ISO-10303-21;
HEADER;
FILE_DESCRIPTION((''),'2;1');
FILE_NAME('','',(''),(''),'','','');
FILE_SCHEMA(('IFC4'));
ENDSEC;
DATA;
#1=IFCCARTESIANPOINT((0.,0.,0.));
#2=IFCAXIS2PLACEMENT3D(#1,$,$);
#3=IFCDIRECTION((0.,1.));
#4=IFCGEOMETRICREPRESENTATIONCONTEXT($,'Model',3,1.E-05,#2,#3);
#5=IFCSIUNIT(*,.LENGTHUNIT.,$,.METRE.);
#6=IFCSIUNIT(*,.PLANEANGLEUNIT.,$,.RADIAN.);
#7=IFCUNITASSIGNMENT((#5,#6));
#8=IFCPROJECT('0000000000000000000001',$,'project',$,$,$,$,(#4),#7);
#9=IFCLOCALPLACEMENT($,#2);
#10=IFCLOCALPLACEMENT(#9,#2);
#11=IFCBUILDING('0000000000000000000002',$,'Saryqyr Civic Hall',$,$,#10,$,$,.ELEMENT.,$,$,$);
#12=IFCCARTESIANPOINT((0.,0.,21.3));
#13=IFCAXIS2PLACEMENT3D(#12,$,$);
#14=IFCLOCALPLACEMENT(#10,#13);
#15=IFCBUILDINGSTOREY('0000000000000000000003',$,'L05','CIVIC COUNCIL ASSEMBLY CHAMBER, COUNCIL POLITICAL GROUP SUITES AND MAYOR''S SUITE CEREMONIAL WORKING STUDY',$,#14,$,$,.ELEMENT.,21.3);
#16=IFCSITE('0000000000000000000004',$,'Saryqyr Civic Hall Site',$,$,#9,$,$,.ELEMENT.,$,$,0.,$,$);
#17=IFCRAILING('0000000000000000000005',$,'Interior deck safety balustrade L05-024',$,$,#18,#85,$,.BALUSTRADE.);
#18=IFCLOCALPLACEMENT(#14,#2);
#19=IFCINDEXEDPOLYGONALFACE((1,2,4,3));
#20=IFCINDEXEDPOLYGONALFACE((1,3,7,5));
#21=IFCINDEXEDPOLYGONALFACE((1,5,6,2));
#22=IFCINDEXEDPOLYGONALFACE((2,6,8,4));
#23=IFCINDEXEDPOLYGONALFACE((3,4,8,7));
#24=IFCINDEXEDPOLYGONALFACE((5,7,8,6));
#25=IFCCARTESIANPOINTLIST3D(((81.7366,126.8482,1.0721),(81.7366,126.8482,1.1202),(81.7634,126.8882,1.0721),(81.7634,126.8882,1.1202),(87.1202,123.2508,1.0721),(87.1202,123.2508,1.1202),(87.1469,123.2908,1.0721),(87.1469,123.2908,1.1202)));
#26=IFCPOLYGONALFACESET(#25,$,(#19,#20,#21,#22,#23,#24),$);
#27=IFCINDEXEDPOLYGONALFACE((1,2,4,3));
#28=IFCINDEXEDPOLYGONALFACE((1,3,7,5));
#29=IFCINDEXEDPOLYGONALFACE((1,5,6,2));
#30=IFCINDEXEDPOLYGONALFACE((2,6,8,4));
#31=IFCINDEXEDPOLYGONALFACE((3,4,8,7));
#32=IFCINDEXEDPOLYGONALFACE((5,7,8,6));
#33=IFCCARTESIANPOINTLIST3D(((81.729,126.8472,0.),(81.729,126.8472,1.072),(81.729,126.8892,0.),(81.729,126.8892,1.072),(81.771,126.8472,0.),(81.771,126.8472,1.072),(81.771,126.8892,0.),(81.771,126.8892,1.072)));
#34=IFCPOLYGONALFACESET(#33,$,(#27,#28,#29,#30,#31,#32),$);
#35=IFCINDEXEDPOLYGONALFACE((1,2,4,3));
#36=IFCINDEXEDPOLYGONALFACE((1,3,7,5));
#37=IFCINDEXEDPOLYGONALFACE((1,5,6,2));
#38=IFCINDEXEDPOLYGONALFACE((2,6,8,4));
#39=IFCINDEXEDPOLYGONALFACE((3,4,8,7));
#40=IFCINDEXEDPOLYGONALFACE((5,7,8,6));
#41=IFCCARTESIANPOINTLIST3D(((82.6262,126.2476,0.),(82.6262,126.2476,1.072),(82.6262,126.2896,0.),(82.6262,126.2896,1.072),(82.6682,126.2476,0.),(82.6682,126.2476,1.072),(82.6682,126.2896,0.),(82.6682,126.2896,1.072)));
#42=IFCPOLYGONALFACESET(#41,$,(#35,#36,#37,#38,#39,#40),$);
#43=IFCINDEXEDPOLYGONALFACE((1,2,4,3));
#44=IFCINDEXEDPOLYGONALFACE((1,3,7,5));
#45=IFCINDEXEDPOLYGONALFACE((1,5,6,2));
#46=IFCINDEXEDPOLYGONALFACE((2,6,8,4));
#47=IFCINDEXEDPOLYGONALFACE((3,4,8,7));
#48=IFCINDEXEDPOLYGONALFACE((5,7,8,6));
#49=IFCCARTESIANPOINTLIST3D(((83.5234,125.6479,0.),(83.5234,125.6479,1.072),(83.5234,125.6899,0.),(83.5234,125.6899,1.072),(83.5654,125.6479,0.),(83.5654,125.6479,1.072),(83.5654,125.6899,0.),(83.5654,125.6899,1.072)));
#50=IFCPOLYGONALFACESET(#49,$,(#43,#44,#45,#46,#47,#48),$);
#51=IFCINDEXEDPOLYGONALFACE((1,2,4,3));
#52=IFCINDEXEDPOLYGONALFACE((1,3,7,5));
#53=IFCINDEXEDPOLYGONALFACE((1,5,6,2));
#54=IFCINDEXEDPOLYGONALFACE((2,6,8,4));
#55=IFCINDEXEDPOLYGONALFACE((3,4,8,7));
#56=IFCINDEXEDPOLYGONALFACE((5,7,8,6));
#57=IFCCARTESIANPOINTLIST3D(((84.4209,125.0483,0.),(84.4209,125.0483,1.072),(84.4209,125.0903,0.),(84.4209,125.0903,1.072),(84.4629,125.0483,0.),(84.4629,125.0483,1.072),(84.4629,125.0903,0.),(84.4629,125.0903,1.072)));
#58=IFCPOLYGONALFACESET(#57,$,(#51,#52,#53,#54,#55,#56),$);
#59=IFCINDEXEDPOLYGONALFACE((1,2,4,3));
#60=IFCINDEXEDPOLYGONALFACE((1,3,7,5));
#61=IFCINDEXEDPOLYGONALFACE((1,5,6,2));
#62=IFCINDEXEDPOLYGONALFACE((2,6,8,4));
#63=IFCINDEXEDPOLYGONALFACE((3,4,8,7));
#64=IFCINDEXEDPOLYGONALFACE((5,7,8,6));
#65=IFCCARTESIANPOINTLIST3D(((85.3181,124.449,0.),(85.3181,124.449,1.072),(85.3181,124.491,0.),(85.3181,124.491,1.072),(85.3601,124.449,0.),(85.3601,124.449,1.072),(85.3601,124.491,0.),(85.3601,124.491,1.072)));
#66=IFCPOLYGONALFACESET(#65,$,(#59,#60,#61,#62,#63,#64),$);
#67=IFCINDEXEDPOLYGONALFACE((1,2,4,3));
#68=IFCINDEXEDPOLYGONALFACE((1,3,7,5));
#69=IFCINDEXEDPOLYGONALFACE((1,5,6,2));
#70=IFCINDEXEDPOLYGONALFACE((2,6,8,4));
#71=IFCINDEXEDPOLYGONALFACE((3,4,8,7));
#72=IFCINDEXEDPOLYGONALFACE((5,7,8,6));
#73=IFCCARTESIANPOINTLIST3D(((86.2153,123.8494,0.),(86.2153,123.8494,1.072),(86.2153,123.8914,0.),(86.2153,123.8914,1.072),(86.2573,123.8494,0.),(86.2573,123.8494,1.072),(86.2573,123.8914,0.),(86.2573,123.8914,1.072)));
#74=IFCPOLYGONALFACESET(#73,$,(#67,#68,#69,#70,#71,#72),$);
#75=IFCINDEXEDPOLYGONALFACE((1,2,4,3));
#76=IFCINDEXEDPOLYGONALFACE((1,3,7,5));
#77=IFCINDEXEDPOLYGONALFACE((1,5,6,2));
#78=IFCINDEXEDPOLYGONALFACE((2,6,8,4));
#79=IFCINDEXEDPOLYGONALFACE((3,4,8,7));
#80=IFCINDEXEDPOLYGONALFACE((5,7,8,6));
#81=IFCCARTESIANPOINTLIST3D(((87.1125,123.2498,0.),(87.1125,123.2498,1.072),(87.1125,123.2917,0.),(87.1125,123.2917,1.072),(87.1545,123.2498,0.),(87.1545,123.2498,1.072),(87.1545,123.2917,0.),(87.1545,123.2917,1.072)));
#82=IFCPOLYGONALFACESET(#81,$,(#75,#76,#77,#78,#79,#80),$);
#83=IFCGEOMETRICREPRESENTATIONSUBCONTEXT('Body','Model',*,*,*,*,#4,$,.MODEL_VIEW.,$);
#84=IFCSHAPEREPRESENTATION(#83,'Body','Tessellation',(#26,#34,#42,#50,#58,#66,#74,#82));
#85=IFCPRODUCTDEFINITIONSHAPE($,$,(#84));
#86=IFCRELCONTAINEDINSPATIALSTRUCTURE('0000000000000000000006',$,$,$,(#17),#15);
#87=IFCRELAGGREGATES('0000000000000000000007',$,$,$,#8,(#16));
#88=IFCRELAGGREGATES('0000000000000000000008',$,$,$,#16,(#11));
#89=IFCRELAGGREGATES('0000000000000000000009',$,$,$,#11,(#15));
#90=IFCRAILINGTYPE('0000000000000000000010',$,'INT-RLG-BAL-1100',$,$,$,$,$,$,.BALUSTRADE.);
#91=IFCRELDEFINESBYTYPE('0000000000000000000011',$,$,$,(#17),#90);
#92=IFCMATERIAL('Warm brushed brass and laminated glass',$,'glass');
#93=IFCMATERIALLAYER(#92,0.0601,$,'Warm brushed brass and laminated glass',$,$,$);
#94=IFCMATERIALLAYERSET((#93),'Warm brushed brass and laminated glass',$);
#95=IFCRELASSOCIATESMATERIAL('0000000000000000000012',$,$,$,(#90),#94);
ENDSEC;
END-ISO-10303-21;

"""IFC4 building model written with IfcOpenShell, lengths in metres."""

from ifc_helpers import new_model, si_unit, direction, frame, origin, origin_2d, place, context, subcontext, project, spatial, rectangle, extrude, material, layer, layer_set, type_object, element, save


model = new_model("IFC4")

# Units and contexts
model_context = context("Model", 3, precision=1e-05, world=origin(), true_north=direction((0.0, 1.0)))
body_context = subcontext(model_context, "Body", "Model", "MODEL_VIEW")
ifc_project = project(units=[si_unit("LENGTHUNIT", "METRE"), si_unit("PLANEANGLEUNIT", "RADIAN")], contexts=[model_context])

# Site, building, storey
site_placement = place(None, origin())
site = spatial("IfcSite", under=ifc_project, at=site_placement, Name="Saryqyr Civic Hall Site", CompositionType="ELEMENT", RefElevation=0.0)
building_placement = place(site_placement, origin())
building = spatial("IfcBuilding", under=site, at=building_placement, Name="Saryqyr Civic Hall", CompositionType="ELEMENT")
storey_placement = place(building_placement, frame((0.0, 0.0, 21.3)))
storey = spatial("IfcBuildingStorey", under=building, at=storey_placement, Name="L05", Description="CIVIC COUNCIL ASSEMBLY CHAMBER, COUNCIL POLITICAL GROUP SUITES AND MAYOR'S SUITE CEREMONIAL WORKING STUDY", CompositionType="ELEMENT", Elevation=21.3)

# Railing
ifc_material_1 = material(Name="Warm brushed brass and laminated glass", Category="glass")
ifc_layer_1 = layer(ifc_material_1, 0.0601, Name="Warm brushed brass and laminated glass")
ifc_layer_set_1 = layer_set([ifc_layer_1], Name="Warm brushed brass and laminated glass")
railing_type = type_object("IfcRailingType", Name="INT-RLG-BAL-1100", PredefinedType="BALUSTRADE", material=ifc_layer_set_1)
railing_1_placement = place(storey_placement, frame((81.75, 126.8682, 0.0)))
element("IfcRailing", 1, at=railing_1_placement, inside=storey, type_object=railing_type, Name="Interior deck safety balustrade L05-024", PredefinedType="BALUSTRADE", context=body_context, shape_type="SweptSolid", body=[
    extrude(rectangle(XDim=0.0481, YDim=0.0481, at=origin_2d()), frame((0.0, 0.0, 1.0962), z_axis=(0.831452, -0.555596, 0.0), x_axis=(0.555596, 0.831452, 0.0)), (0.0, 0.0, 1.0), 6.4749),
    extrude(rectangle(XDim=0.042, YDim=0.042, at=origin_2d()), origin(), (0.0, 0.0, 1.0), 1.072),
    extrude(rectangle(XDim=0.042, YDim=0.042, at=origin_2d()), frame((0.8972, -0.5996, 0.0)), (0.0, 0.0, 1.0), 1.072),
    extrude(rectangle(XDim=0.042, YDim=0.042, at=origin_2d()), frame((1.7944, -1.1992, 0.0)), (0.0, 0.0, 1.0), 1.072),
    extrude(rectangle(XDim=0.042, YDim=0.042, at=origin_2d()), frame((2.6919, -1.7988, 0.0)), (0.0, 0.0, 1.0), 1.072),
    extrude(rectangle(XDim=0.042, YDim=0.042, at=origin_2d()), frame((3.5891, -2.3982, 0.0)), (0.0, 0.0, 1.0), 1.072),
    extrude(rectangle(XDim=0.042, YDim=0.042, at=origin_2d()), frame((4.4863, -2.9978, 0.0)), (0.0, 0.0, 1.0), 1.072),
    extrude(rectangle(XDim=0.042, YDim=0.042, at=origin_2d()), frame((5.3835, -3.5974, 0.0)), (0.0, 0.0, 1.0), 1.072),
])

save(model, "model.ifc")
